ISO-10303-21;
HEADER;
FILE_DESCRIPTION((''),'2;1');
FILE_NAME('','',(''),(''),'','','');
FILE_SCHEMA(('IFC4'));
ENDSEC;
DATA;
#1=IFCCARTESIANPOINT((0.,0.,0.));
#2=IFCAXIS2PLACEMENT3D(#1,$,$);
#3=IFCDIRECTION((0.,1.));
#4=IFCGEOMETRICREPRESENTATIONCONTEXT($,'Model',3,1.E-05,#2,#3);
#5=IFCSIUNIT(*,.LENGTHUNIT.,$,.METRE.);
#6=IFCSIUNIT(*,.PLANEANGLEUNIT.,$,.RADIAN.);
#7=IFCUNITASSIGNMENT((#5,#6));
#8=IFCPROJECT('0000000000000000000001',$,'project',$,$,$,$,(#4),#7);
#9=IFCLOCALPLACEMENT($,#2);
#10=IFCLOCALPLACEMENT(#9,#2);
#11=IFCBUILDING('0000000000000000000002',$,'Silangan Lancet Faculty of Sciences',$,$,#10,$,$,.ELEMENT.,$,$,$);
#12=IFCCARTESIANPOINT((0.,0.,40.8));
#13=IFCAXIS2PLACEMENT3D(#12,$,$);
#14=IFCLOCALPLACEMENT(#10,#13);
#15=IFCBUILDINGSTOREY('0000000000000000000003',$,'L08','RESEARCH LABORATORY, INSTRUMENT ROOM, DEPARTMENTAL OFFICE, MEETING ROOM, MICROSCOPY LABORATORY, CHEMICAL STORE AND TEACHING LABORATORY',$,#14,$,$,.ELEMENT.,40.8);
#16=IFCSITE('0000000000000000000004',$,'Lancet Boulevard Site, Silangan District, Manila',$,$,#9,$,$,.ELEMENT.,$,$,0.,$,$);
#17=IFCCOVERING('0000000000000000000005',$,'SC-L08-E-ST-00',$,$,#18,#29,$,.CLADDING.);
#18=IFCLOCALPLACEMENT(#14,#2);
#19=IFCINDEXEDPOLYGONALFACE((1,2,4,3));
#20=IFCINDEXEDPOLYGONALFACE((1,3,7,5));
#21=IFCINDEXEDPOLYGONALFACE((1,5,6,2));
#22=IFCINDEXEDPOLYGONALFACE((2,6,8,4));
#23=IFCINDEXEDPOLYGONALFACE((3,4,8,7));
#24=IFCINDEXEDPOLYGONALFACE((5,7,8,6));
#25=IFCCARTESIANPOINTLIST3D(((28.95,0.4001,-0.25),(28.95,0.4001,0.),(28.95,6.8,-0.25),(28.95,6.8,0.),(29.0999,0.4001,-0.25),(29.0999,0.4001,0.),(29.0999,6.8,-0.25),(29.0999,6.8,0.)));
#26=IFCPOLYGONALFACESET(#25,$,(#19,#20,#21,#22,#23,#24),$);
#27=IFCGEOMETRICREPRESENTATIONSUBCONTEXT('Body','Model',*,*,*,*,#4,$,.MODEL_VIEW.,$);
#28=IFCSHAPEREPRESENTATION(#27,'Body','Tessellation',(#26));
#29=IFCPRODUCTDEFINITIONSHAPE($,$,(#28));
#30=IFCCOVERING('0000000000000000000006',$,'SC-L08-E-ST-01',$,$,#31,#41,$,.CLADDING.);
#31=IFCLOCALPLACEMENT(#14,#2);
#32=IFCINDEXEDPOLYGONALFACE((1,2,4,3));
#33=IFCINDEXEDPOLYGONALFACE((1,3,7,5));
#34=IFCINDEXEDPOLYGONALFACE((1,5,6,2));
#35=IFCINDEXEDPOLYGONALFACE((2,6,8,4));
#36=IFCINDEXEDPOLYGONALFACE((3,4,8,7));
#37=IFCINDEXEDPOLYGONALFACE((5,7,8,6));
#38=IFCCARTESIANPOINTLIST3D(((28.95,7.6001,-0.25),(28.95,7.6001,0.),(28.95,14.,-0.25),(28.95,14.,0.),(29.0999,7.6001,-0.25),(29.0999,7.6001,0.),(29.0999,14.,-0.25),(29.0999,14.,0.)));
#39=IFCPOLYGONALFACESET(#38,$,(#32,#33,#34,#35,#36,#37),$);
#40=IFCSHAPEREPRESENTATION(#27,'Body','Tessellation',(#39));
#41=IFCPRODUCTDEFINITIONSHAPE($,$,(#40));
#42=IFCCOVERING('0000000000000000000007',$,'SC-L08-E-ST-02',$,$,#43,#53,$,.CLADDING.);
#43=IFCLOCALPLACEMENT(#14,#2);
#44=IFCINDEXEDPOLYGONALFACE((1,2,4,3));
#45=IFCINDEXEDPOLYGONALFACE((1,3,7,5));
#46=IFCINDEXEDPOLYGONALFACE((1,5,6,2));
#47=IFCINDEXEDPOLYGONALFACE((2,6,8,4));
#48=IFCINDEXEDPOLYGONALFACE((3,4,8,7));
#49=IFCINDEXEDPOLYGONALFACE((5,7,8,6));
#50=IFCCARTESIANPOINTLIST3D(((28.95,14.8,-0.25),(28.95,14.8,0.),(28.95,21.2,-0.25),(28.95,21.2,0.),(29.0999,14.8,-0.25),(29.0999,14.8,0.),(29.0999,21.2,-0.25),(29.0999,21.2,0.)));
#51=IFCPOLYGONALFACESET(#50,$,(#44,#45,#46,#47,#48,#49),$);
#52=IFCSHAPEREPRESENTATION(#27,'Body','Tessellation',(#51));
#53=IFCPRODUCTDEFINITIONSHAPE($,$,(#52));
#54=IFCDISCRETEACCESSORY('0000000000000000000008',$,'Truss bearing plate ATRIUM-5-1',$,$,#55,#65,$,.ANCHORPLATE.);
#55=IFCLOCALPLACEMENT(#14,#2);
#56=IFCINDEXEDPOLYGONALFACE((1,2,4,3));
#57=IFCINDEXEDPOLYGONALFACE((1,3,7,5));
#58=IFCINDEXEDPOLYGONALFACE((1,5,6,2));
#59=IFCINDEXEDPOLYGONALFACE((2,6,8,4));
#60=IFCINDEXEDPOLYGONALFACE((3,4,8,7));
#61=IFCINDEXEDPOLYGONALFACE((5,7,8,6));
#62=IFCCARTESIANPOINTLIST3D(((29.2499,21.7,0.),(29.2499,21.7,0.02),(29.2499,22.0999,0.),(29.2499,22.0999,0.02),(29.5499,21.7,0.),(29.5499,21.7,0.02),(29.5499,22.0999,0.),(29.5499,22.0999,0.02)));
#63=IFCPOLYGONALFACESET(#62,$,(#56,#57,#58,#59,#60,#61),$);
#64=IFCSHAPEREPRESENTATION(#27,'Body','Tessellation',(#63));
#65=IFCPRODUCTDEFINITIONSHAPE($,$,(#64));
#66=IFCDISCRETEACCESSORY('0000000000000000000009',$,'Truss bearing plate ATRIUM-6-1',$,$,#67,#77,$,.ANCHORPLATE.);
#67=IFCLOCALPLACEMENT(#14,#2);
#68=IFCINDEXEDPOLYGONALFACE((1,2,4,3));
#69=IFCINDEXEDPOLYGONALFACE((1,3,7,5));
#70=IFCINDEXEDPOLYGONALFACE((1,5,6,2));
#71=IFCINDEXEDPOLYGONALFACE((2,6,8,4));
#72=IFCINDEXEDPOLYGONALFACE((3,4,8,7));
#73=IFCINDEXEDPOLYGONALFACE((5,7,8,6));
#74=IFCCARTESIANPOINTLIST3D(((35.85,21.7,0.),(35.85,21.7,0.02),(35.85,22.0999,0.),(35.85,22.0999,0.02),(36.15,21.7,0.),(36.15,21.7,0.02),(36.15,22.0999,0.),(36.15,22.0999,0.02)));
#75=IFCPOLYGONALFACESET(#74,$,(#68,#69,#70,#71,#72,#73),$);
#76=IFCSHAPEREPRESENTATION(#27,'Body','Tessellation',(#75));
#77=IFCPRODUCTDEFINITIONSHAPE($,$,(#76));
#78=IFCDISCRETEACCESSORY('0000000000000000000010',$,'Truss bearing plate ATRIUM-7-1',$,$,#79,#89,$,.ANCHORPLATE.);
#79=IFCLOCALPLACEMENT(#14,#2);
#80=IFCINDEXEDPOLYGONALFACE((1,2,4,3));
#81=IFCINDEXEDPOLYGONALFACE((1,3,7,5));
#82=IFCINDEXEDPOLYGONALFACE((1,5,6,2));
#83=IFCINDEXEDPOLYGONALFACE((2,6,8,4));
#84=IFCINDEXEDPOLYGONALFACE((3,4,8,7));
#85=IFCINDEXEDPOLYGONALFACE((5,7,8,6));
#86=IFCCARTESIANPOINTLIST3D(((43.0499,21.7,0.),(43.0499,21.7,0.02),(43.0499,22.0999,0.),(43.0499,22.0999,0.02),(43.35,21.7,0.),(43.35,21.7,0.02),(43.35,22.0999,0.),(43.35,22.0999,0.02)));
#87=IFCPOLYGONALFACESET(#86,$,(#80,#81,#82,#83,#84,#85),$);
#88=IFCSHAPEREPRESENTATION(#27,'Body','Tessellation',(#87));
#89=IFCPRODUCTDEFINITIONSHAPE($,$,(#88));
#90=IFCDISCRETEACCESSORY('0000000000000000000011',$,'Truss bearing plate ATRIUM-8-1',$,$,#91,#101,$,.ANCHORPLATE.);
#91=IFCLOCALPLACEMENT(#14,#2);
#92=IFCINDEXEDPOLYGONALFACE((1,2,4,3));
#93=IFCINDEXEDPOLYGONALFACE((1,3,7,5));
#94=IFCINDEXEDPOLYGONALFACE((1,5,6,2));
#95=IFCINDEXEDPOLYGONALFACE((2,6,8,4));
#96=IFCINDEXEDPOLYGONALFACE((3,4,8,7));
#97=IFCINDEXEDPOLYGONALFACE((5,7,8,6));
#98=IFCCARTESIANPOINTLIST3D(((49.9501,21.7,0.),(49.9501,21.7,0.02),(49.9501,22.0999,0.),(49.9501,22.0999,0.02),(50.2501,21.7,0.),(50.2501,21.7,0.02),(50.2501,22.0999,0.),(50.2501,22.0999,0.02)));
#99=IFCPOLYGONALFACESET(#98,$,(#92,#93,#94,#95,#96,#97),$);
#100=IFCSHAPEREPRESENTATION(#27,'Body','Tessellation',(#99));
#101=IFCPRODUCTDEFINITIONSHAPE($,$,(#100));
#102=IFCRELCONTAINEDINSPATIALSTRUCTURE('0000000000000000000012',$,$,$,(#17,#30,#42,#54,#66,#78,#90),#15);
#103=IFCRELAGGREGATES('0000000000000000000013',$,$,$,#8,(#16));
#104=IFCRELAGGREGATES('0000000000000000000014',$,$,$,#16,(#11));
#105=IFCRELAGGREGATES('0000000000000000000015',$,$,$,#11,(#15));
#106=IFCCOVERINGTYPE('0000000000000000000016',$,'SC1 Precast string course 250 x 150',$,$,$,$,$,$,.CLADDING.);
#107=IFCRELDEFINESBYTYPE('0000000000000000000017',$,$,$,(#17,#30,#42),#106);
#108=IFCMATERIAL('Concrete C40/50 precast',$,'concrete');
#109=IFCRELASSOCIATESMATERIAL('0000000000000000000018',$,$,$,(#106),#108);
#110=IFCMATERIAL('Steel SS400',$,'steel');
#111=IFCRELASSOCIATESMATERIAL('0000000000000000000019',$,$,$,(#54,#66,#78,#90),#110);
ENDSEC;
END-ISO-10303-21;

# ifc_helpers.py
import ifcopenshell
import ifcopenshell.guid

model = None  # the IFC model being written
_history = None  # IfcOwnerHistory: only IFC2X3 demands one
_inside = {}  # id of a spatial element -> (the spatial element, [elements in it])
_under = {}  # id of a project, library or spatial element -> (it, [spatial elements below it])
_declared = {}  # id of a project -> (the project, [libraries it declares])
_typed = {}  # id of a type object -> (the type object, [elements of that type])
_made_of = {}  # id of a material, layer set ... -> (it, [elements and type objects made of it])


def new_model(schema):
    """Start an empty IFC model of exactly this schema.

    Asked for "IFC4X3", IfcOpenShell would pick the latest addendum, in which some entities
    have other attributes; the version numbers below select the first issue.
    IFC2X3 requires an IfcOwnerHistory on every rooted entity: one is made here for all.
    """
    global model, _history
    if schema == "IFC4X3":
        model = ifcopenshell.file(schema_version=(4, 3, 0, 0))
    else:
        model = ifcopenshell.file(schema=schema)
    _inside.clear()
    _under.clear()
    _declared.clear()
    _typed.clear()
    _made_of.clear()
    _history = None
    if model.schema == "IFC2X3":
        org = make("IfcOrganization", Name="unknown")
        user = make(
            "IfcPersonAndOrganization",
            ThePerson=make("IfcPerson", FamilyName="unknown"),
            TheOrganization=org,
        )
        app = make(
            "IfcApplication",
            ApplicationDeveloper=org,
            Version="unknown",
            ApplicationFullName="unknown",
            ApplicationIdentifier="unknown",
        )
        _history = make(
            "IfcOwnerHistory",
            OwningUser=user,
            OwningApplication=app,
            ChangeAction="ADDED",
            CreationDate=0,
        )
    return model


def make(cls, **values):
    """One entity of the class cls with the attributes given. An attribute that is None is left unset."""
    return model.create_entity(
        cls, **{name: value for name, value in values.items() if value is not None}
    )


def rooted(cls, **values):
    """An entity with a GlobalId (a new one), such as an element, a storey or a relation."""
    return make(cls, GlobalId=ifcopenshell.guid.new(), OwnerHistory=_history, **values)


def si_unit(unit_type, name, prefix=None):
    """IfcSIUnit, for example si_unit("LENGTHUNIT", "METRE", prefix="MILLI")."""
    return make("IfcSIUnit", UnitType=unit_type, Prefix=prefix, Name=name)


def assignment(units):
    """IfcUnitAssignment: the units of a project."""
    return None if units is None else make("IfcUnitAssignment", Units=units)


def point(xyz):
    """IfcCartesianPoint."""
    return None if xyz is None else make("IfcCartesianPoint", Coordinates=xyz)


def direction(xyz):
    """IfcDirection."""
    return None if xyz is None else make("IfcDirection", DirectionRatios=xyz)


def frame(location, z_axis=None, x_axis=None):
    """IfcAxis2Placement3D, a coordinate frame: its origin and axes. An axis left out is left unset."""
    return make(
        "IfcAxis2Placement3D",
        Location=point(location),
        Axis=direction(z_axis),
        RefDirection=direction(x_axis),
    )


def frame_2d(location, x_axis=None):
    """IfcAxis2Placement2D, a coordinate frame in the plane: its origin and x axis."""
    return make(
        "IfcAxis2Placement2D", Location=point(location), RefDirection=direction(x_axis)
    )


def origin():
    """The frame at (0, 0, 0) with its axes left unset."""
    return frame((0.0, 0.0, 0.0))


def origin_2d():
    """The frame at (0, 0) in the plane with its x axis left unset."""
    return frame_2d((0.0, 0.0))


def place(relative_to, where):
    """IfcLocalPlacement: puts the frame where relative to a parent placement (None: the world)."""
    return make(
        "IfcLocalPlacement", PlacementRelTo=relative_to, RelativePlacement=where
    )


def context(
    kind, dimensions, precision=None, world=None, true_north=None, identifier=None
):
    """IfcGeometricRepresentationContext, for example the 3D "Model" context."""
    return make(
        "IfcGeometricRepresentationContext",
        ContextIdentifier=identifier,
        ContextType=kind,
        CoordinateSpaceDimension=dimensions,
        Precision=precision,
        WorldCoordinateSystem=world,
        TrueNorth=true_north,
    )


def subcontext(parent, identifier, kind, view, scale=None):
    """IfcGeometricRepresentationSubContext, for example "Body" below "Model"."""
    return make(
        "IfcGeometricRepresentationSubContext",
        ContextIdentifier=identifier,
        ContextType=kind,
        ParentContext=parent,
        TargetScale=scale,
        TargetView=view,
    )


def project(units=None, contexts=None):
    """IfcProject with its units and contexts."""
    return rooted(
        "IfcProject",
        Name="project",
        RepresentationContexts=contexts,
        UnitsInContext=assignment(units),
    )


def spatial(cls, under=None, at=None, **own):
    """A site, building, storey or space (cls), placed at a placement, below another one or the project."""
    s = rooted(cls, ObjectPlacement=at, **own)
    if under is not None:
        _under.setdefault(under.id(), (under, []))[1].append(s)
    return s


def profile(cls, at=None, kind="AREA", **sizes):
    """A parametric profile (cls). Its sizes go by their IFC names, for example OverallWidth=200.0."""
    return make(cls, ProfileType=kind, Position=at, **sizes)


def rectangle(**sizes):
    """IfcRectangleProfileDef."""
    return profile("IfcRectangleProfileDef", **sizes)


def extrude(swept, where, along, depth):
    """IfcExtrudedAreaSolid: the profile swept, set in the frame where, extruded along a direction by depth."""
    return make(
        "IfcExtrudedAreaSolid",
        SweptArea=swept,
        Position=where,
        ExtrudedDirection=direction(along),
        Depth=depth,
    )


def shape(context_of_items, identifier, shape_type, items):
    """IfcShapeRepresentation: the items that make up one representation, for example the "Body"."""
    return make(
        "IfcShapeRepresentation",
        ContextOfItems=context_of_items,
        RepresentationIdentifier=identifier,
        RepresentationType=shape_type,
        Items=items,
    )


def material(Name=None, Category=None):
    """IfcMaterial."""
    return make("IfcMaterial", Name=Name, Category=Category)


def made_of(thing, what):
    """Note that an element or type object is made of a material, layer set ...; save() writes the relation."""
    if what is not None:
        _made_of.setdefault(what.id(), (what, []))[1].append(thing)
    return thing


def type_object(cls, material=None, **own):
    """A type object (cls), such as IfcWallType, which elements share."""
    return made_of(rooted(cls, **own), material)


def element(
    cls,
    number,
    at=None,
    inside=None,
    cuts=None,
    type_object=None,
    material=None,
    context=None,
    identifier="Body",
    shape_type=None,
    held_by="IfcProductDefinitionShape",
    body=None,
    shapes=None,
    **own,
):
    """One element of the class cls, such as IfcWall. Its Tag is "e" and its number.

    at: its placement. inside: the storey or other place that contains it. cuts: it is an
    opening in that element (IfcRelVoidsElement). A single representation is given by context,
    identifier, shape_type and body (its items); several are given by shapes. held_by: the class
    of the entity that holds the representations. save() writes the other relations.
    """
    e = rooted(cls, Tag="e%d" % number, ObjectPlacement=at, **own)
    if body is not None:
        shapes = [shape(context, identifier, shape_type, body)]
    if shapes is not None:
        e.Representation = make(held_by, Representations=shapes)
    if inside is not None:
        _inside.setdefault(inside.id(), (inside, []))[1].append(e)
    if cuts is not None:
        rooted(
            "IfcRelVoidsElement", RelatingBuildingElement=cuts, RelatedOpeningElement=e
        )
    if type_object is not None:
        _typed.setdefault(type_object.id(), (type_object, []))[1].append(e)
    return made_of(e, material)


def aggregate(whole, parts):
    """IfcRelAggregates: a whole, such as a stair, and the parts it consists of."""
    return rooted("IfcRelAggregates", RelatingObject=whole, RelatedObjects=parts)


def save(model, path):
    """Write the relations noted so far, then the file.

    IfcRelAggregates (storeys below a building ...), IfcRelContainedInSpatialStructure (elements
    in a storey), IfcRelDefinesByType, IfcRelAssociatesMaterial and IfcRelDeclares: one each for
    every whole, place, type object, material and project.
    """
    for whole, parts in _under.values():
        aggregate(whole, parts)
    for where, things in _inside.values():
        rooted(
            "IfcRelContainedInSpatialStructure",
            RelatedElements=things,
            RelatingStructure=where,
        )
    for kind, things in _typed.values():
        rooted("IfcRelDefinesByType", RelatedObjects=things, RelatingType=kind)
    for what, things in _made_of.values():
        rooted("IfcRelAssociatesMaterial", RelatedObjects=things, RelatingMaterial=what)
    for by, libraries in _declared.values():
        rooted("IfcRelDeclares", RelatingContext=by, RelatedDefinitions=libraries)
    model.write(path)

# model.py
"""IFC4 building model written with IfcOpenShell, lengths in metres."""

from ifc_helpers import new_model, si_unit, direction, frame, origin, origin_2d, place, context, subcontext, project, spatial, rectangle, extrude, material, type_object, element, save


model = new_model("IFC4")

# Units and contexts
model_context = context("Model", 3, precision=1e-05, world=origin(), true_north=direction((0.0, 1.0)))
body_context = subcontext(model_context, "Body", "Model", "MODEL_VIEW")
ifc_project = project(units=[si_unit("LENGTHUNIT", "METRE"), si_unit("PLANEANGLEUNIT", "RADIAN")], contexts=[model_context])

# Site, building, storey
site_placement = place(None, origin())
site = spatial("IfcSite", under=ifc_project, at=site_placement, Name="Lancet Boulevard Site, Silangan District, Manila", CompositionType="ELEMENT", RefElevation=0.0)
building_placement = place(site_placement, origin())
building = spatial("IfcBuilding", under=site, at=building_placement, Name="Silangan Lancet Faculty of Sciences", CompositionType="ELEMENT")
storey_placement = place(building_placement, frame((0.0, 0.0, 40.8)))
storey = spatial("IfcBuildingStorey", under=building, at=storey_placement, Name="L08", Description="RESEARCH LABORATORY, INSTRUMENT ROOM, DEPARTMENTAL OFFICE, MEETING ROOM, MICROSCOPY LABORATORY, CHEMICAL STORE AND TEACHING LABORATORY", CompositionType="ELEMENT", Elevation=40.8)

# Coverings
ifc_material_1 = material(Name="Concrete C40/50 precast", Category="concrete")
covering_type = type_object("IfcCoveringType", Name="SC1 Precast string course 250 x 150", PredefinedType="CLADDING", material=ifc_material_1)
for number, where, z_axis, x_axis, name in (
    (1, (29.0249, 3.6001, -0.25), (0.0, 0.0, 1.0), (1.0, 0.0, 0.0), "SC-L08-E-ST-00"),
    (2, (29.0249, 10.8, -0.25), (0.0, 0.0, 1.0), (1.0, 0.0, 0.0), "SC-L08-E-ST-01"),
    (3, (29.0249, 18.0, -0.25), (0.0, 0.0, 1.0), (1.0, 0.0, 0.0), "SC-L08-E-ST-02"),
):
    element("IfcCovering", number, at=place(storey_placement, frame(where, z_axis=z_axis, x_axis=x_axis)), inside=storey, type_object=covering_type, Name=name, PredefinedType="CLADDING", context=body_context, shape_type="SweptSolid", body=[
        extrude(rectangle(XDim=0.1499, YDim=6.3999, at=origin_2d()), origin(), (0.0, 0.0, 1.0), 0.25),
    ])

# Discrete accessories
ifc_material_2 = material(Name="Steel SS400", Category="steel")
for number, where, z_axis, x_axis, name in (
    (4, (29.3999, 21.8999, 0.0), (0.0, 0.0, 1.0), (1.0, 0.0, 0.0), "Truss bearing plate ATRIUM-5-1"),
    (5, (36.0, 21.8999, 0.0), (0.0, 0.0, 1.0), (1.0, 0.0, 0.0), "Truss bearing plate ATRIUM-6-1"),
    (6, (43.2, 21.8999, 0.0), (0.0, 0.0, 1.0), (1.0, 0.0, 0.0), "Truss bearing plate ATRIUM-7-1"),
    (7, (50.1001, 21.8999, 0.0), (0.0, 0.0, 1.0), (1.0, 0.0, 0.0), "Truss bearing plate ATRIUM-8-1"),
):
    element("IfcDiscreteAccessory", number, at=place(storey_placement, frame(where, z_axis=z_axis, x_axis=x_axis)), inside=storey, material=ifc_material_2, Name=name, PredefinedType="ANCHORPLATE", context=body_context, shape_type="SweptSolid", body=[
        extrude(rectangle(XDim=0.3, YDim=0.3999, at=origin_2d()), origin(), (0.0, 0.0, 1.0), 0.02),
    ])

save(model, "model.ifc")
